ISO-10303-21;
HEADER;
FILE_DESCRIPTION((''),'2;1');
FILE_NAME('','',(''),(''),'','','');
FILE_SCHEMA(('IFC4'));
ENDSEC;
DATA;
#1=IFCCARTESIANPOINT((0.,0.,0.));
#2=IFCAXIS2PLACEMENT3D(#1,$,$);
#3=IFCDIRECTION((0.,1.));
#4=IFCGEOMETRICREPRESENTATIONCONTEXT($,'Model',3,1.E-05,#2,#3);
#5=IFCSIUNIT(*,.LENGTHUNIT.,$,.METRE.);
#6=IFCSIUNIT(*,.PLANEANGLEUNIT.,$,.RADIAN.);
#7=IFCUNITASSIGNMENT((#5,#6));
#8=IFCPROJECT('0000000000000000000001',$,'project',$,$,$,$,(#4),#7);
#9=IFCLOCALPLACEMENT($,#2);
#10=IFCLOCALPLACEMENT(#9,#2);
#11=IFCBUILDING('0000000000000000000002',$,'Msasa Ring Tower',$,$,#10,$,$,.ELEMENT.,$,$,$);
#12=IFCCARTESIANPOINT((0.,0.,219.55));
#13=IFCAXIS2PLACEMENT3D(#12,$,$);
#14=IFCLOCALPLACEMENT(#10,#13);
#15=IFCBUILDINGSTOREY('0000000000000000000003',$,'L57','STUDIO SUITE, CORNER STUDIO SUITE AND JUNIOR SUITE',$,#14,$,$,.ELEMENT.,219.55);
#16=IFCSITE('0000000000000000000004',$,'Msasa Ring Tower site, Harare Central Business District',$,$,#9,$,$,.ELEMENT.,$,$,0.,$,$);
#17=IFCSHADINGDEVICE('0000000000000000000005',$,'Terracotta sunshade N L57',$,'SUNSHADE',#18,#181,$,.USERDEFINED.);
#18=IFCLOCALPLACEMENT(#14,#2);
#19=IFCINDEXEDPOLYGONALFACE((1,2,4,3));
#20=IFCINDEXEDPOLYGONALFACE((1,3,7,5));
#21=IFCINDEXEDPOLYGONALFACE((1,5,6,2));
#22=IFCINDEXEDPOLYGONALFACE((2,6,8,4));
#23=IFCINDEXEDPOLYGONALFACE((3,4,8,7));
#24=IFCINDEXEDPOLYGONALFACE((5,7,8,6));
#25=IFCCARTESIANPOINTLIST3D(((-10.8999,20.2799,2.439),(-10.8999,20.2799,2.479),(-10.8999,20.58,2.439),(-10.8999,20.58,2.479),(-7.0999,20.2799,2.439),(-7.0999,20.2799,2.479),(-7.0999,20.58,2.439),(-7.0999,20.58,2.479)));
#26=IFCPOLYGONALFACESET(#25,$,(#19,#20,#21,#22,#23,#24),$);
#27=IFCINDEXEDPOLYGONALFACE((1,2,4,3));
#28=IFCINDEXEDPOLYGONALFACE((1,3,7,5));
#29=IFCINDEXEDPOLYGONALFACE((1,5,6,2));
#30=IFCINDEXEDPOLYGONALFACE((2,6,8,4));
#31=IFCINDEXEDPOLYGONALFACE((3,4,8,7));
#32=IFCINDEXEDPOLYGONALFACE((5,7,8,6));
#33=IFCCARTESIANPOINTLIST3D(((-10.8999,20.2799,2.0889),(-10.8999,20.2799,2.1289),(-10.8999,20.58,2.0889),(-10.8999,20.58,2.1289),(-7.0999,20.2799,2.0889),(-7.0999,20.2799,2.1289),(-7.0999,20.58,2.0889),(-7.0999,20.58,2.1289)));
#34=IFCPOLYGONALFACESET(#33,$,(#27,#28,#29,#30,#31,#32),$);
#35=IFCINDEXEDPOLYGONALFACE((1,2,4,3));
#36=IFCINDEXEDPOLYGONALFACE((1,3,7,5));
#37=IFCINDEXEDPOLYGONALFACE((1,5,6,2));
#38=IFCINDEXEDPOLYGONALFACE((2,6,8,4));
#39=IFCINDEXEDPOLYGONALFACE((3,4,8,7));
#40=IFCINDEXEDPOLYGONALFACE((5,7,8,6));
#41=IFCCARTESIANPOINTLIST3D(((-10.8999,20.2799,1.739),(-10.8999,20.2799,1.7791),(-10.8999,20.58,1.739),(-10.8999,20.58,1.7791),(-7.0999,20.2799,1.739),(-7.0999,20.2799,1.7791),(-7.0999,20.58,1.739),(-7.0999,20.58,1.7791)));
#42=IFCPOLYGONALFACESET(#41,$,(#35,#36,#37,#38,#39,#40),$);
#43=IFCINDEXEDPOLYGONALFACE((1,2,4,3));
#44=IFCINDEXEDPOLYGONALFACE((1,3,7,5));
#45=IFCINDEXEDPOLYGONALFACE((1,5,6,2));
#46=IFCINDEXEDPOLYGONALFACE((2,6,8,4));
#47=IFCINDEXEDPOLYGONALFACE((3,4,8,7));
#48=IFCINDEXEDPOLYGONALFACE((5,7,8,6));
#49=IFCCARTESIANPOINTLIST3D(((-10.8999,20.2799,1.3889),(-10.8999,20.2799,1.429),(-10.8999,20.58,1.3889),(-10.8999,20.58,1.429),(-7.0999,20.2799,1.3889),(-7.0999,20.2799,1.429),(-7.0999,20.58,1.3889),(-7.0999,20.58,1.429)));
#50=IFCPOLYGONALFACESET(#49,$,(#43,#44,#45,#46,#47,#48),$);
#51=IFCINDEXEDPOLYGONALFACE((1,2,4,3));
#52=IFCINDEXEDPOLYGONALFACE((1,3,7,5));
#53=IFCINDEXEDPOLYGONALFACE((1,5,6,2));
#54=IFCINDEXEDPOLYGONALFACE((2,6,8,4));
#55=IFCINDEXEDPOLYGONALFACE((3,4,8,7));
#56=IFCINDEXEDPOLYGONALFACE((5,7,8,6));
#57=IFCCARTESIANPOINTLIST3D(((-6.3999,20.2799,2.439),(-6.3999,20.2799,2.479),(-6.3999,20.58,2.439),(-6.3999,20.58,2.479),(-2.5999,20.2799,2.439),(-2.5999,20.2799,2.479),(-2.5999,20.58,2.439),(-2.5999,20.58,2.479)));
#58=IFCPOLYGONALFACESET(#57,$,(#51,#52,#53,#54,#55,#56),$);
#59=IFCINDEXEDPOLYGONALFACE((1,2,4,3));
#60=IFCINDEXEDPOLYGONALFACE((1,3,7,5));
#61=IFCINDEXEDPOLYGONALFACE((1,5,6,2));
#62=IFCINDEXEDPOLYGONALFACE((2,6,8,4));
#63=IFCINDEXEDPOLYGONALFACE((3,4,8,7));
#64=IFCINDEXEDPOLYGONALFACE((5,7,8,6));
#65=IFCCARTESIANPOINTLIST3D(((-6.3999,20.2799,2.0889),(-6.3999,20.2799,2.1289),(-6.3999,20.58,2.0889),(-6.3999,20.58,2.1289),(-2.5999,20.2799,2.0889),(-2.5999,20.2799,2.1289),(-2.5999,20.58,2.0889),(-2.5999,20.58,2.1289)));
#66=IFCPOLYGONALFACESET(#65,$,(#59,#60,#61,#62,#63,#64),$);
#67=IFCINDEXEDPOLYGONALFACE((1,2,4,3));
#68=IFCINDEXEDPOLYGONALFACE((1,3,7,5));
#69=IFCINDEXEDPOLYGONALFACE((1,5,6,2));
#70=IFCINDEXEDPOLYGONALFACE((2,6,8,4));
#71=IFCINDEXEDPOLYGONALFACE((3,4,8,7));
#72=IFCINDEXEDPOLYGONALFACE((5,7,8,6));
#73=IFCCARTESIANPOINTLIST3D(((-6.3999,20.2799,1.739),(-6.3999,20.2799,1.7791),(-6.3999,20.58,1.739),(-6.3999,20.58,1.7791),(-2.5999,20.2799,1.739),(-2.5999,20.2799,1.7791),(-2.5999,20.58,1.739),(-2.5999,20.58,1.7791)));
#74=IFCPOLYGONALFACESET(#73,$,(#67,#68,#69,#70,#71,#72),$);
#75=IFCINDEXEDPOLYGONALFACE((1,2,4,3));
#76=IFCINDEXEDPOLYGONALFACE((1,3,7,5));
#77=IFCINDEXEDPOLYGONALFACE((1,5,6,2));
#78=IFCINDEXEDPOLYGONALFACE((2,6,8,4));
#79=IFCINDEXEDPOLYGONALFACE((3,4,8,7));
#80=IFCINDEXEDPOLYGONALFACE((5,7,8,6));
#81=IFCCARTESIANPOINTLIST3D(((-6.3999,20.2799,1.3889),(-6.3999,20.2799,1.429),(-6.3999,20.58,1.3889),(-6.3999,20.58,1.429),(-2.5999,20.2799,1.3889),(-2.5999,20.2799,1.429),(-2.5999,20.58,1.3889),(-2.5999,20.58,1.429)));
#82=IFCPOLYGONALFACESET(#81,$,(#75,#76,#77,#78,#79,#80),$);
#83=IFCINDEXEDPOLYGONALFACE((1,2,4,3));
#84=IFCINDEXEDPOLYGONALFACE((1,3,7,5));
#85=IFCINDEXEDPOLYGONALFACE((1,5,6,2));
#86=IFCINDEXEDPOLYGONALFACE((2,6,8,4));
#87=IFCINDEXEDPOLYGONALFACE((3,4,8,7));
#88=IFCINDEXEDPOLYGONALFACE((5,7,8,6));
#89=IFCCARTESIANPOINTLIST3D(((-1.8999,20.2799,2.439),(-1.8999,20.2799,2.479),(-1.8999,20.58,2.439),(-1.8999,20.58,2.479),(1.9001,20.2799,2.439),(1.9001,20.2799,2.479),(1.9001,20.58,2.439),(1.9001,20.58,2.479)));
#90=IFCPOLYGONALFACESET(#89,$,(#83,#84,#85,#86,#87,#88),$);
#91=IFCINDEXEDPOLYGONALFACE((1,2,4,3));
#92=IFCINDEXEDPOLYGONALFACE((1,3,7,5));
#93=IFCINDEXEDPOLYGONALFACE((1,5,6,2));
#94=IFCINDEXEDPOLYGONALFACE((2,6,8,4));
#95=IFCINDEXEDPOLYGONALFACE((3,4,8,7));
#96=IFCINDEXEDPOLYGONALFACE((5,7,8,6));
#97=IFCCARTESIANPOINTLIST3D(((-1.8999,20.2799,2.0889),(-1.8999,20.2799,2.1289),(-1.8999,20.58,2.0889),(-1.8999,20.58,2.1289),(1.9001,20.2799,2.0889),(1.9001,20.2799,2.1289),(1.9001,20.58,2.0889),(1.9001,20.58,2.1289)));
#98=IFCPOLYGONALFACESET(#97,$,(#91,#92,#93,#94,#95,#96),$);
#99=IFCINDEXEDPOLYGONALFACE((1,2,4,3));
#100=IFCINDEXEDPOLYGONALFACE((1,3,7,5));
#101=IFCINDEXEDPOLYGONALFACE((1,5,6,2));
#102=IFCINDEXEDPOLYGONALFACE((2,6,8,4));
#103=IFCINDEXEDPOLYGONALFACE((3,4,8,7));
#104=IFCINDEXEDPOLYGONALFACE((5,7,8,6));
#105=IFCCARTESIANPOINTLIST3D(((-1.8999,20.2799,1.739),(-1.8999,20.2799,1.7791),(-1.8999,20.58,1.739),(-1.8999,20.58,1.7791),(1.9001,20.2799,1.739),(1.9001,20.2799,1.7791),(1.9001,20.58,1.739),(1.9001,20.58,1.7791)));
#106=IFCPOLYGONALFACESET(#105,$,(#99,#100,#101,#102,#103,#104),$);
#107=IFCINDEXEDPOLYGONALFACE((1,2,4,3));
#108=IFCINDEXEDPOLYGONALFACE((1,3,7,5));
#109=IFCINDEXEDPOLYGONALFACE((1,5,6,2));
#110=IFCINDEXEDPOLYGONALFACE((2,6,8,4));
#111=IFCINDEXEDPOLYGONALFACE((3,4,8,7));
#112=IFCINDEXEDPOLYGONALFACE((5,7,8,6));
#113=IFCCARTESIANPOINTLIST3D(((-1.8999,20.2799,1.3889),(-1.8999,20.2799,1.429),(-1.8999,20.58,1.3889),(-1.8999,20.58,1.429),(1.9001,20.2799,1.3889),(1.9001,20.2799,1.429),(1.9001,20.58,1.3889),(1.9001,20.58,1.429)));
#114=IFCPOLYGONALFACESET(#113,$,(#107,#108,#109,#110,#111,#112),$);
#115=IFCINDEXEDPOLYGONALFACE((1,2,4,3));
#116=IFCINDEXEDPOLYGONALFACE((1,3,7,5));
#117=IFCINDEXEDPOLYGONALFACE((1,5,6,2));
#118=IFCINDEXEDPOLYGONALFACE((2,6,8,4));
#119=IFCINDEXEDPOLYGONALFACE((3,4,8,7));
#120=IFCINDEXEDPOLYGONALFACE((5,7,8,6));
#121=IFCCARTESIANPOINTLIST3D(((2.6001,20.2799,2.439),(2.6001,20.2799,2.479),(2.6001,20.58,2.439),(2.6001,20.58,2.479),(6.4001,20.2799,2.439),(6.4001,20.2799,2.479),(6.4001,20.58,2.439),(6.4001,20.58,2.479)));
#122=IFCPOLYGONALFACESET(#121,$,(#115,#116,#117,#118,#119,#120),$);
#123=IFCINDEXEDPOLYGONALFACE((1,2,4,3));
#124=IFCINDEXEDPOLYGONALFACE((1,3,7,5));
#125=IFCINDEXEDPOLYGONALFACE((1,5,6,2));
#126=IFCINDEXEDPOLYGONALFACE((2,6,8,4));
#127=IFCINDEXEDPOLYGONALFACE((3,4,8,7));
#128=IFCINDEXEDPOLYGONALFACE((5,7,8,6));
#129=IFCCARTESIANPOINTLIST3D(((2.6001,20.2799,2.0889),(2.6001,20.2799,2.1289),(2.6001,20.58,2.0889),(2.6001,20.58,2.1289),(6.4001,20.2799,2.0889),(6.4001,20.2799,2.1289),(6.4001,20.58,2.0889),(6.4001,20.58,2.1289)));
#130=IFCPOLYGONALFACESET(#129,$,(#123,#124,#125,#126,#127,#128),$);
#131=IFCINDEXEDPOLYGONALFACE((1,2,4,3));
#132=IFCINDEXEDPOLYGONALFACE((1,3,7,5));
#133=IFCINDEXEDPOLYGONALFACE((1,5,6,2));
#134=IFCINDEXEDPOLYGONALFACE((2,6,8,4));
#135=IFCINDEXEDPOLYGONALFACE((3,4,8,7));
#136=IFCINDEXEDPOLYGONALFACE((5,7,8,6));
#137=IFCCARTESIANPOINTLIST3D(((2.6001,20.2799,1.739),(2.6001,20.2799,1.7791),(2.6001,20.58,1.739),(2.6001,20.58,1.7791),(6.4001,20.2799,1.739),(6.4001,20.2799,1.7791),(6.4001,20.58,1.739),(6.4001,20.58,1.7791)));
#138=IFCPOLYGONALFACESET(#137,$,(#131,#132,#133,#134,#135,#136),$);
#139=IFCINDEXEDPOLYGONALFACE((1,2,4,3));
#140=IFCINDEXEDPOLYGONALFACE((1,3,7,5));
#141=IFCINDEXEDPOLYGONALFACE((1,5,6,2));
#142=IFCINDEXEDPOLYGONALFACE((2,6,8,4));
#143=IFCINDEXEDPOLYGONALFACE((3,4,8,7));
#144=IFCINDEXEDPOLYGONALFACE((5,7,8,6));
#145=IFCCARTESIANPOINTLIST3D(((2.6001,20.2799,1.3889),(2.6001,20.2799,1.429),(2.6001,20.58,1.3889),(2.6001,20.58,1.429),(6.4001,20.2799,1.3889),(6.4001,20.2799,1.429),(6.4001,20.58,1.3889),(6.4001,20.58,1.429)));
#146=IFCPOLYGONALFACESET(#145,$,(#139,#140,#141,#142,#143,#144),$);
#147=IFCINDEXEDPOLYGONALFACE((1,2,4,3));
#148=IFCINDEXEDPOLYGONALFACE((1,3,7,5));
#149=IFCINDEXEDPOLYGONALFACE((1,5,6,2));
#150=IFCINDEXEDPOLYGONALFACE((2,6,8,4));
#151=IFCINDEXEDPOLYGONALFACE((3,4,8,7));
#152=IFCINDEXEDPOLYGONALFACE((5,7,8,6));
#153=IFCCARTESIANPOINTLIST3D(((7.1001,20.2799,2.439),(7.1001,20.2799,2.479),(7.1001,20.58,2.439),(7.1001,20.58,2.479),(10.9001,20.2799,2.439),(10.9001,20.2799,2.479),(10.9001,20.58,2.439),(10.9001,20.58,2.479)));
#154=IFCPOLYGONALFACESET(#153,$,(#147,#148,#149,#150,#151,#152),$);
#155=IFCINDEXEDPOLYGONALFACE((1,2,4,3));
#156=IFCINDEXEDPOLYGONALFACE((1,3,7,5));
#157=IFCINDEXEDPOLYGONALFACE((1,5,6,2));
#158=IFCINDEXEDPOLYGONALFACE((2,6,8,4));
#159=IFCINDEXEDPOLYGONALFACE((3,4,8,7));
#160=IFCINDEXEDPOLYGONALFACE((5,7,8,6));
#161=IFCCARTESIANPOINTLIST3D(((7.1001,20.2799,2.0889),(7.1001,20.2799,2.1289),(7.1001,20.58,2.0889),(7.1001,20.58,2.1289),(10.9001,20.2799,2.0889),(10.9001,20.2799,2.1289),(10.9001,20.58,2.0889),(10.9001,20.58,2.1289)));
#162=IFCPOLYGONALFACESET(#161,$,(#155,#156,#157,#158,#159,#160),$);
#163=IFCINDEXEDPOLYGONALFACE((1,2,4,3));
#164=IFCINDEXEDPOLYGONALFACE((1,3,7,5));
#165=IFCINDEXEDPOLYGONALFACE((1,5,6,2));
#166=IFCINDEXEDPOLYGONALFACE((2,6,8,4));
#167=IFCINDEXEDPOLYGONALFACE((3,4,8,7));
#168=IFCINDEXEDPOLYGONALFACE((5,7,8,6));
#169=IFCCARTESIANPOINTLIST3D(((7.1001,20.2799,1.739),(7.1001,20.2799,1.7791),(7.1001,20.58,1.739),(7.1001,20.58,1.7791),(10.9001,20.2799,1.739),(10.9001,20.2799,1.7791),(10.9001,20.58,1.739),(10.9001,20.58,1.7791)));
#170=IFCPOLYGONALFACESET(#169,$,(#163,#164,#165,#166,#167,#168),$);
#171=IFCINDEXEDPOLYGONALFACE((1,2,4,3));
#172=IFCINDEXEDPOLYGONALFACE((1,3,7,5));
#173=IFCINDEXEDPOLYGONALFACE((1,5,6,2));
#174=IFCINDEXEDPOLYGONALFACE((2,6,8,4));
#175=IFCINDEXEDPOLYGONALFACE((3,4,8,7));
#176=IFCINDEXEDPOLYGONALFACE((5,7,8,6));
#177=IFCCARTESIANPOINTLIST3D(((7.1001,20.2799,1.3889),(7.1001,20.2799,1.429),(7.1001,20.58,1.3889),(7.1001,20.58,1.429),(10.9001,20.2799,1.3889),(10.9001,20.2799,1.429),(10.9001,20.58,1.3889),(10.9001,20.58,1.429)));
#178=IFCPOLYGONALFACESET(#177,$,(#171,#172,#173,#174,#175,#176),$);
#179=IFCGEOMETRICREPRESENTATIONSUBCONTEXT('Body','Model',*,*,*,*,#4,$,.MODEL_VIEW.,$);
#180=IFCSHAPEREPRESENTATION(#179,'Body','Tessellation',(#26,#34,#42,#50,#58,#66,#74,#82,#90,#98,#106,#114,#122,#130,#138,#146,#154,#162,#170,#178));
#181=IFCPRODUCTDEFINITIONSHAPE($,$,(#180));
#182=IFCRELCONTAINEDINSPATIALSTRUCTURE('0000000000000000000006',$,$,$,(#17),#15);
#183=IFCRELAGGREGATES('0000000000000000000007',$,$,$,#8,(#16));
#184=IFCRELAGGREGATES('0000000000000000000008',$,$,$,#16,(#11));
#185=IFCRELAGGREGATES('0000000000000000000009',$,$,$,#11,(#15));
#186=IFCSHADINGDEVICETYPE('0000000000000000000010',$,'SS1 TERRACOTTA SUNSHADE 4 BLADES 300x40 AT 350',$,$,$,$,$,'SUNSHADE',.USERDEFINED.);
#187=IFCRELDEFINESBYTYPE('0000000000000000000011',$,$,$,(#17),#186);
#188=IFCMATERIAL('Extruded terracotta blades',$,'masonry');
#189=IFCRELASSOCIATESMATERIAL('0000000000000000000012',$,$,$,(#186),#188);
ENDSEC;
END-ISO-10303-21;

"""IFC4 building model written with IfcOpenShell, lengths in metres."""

from ifc_helpers import new_model, si_unit, direction, frame, origin, origin_2d, place, context, subcontext, project, spatial, rectangle, extrude, material, type_object, element, save


model = new_model("IFC4")

# Units and contexts
model_context = context("Model", 3, precision=1e-05, world=origin(), true_north=direction((0.0, 1.0)))
body_context = subcontext(model_context, "Body", "Model", "MODEL_VIEW")
ifc_project = project(units=[si_unit("LENGTHUNIT", "METRE"), si_unit("PLANEANGLEUNIT", "RADIAN")], contexts=[model_context])

# Site, building, storey
site_placement = place(None, origin())
site = spatial("IfcSite", under=ifc_project, at=site_placement, Name="Msasa Ring Tower site, Harare Central Business District", CompositionType="ELEMENT", RefElevation=0.0)
building_placement = place(site_placement, origin())
building = spatial("IfcBuilding", under=site, at=building_placement, Name="Msasa Ring Tower", CompositionType="ELEMENT")
storey_placement = place(building_placement, frame((0.0, 0.0, 219.55)))
storey = spatial("IfcBuildingStorey", under=building, at=storey_placement, Name="L57", Description="STUDIO SUITE, CORNER STUDIO SUITE AND JUNIOR SUITE", CompositionType="ELEMENT", Elevation=219.55)

# Shading device
ifc_material_1 = material(Name="Extruded terracotta blades", Category="masonry")
shading_device_type_1 = type_object("IfcShadingDeviceType", Name="SS1 TERRACOTTA SUNSHADE 4 BLADES 300x40 AT 350", ElementType="SUNSHADE", PredefinedType="USERDEFINED", material=ifc_material_1)
shading_device_1_placement = place(storey_placement, origin())
element("IfcShadingDevice", 1, at=shading_device_1_placement, inside=storey, type_object=shading_device_type_1, Name="Terracotta sunshade N L57", ObjectType="SUNSHADE", PredefinedType="USERDEFINED", context=body_context, shape_type="SweptSolid", body=[
    extrude(rectangle(XDim=0.04, YDim=0.3, at=origin_2d()), frame((-10.8999, 20.4299, 2.459), z_axis=(1.0, 0.0, 0.0), x_axis=(0.0, 0.0, 1.0)), (0.0, 0.0, 1.0), 3.8),
    extrude(rectangle(XDim=0.04, YDim=0.3, at=origin_2d()), frame((-10.8999, 20.4299, 2.1089), z_axis=(1.0, 0.0, 0.0), x_axis=(0.0, 0.0, 1.0)), (0.0, 0.0, 1.0), 3.8),
    extrude(rectangle(XDim=0.04, YDim=0.3, at=origin_2d()), frame((-10.8999, 20.4299, 1.759), z_axis=(1.0, 0.0, 0.0), x_axis=(0.0, 0.0, 1.0)), (0.0, 0.0, 1.0), 3.8),
    extrude(rectangle(XDim=0.04, YDim=0.3, at=origin_2d()), frame((-10.8999, 20.4299, 1.4089), z_axis=(1.0, 0.0, 0.0), x_axis=(0.0, 0.0, 1.0)), (0.0, 0.0, 1.0), 3.8),
    extrude(rectangle(XDim=0.04, YDim=0.3, at=origin_2d()), frame((-6.3999, 20.4299, 2.459), z_axis=(1.0, 0.0, 0.0), x_axis=(0.0, 0.0, 1.0)), (0.0, 0.0, 1.0), 3.8),
    extrude(rectangle(XDim=0.04, YDim=0.3, at=origin_2d()), frame((-6.3999, 20.4299, 2.1089), z_axis=(1.0, 0.0, 0.0), x_axis=(0.0, 0.0, 1.0)), (0.0, 0.0, 1.0), 3.8),
    extrude(rectangle(XDim=0.04, YDim=0.3, at=origin_2d()), frame((-6.3999, 20.4299, 1.759), z_axis=(1.0, 0.0, 0.0), x_axis=(0.0, 0.0, 1.0)), (0.0, 0.0, 1.0), 3.8),
    extrude(rectangle(XDim=0.04, YDim=0.3, at=origin_2d()), frame((-6.3999, 20.4299, 1.4089), z_axis=(1.0, 0.0, 0.0), x_axis=(0.0, 0.0, 1.0)), (0.0, 0.0, 1.0), 3.8),
    extrude(rectangle(XDim=0.04, YDim=0.3, at=origin_2d()), frame((-1.8999, 20.4299, 2.459), z_axis=(1.0, 0.0, 0.0), x_axis=(0.0, 0.0, 1.0)), (0.0, 0.0, 1.0), 3.8),
    extrude(rectangle(XDim=0.04, YDim=0.3, at=origin_2d()), frame((-1.8999, 20.4299, 2.1089), z_axis=(1.0, 0.0, 0.0), x_axis=(0.0, 0.0, 1.0)), (0.0, 0.0, 1.0), 3.8),
    extrude(rectangle(XDim=0.04, YDim=0.3, at=origin_2d()), frame((-1.8999, 20.4299, 1.759), z_axis=(1.0, 0.0, 0.0), x_axis=(0.0, 0.0, 1.0)), (0.0, 0.0, 1.0), 3.8),
    extrude(rectangle(XDim=0.04, YDim=0.3, at=origin_2d()), frame((-1.8999, 20.4299, 1.4089), z_axis=(1.0, 0.0, 0.0), x_axis=(0.0, 0.0, 1.0)), (0.0, 0.0, 1.0), 3.8),
    extrude(rectangle(XDim=0.04, YDim=0.3, at=origin_2d()), frame((2.6001, 20.4299, 2.459), z_axis=(1.0, 0.0, 0.0), x_axis=(0.0, 0.0, 1.0)), (0.0, 0.0, 1.0), 3.8),
    extrude(rectangle(XDim=0.04, YDim=0.3, at=origin_2d()), frame((2.6001, 20.4299, 2.1089), z_axis=(1.0, 0.0, 0.0), x_axis=(0.0, 0.0, 1.0)), (0.0, 0.0, 1.0), 3.8),
    extrude(rectangle(XDim=0.04, YDim=0.3, at=origin_2d()), frame((2.6001, 20.4299, 1.759), z_axis=(1.0, 0.0, 0.0), x_axis=(0.0, 0.0, 1.0)), (0.0, 0.0, 1.0), 3.8),
    extrude(rectangle(XDim=0.04, YDim=0.3, at=origin_2d()), frame((2.6001, 20.4299, 1.4089), z_axis=(1.0, 0.0, 0.0), x_axis=(0.0, 0.0, 1.0)), (0.0, 0.0, 1.0), 3.8),
    extrude(rectangle(XDim=0.04, YDim=0.3, at=origin_2d()), frame((7.1001, 20.4299, 2.459), z_axis=(1.0, 0.0, 0.0), x_axis=(0.0, 0.0, 1.0)), (0.0, 0.0, 1.0), 3.8),
    extrude(rectangle(XDim=0.04, YDim=0.3, at=origin_2d()), frame((7.1001, 20.4299, 2.1089), z_axis=(1.0, 0.0, 0.0), x_axis=(0.0, 0.0, 1.0)), (0.0, 0.0, 1.0), 3.8),
    extrude(rectangle(XDim=0.04, YDim=0.3, at=origin_2d()), frame((7.1001, 20.4299, 1.759), z_axis=(1.0, 0.0, 0.0), x_axis=(0.0, 0.0, 1.0)), (0.0, 0.0, 1.0), 3.8),
    extrude(rectangle(XDim=0.04, YDim=0.3, at=origin_2d()), frame((7.1001, 20.4299, 1.4089), z_axis=(1.0, 0.0, 0.0), x_axis=(0.0, 0.0, 1.0)), (0.0, 0.0, 1.0), 3.8),
])

save(model, "model.ifc")
